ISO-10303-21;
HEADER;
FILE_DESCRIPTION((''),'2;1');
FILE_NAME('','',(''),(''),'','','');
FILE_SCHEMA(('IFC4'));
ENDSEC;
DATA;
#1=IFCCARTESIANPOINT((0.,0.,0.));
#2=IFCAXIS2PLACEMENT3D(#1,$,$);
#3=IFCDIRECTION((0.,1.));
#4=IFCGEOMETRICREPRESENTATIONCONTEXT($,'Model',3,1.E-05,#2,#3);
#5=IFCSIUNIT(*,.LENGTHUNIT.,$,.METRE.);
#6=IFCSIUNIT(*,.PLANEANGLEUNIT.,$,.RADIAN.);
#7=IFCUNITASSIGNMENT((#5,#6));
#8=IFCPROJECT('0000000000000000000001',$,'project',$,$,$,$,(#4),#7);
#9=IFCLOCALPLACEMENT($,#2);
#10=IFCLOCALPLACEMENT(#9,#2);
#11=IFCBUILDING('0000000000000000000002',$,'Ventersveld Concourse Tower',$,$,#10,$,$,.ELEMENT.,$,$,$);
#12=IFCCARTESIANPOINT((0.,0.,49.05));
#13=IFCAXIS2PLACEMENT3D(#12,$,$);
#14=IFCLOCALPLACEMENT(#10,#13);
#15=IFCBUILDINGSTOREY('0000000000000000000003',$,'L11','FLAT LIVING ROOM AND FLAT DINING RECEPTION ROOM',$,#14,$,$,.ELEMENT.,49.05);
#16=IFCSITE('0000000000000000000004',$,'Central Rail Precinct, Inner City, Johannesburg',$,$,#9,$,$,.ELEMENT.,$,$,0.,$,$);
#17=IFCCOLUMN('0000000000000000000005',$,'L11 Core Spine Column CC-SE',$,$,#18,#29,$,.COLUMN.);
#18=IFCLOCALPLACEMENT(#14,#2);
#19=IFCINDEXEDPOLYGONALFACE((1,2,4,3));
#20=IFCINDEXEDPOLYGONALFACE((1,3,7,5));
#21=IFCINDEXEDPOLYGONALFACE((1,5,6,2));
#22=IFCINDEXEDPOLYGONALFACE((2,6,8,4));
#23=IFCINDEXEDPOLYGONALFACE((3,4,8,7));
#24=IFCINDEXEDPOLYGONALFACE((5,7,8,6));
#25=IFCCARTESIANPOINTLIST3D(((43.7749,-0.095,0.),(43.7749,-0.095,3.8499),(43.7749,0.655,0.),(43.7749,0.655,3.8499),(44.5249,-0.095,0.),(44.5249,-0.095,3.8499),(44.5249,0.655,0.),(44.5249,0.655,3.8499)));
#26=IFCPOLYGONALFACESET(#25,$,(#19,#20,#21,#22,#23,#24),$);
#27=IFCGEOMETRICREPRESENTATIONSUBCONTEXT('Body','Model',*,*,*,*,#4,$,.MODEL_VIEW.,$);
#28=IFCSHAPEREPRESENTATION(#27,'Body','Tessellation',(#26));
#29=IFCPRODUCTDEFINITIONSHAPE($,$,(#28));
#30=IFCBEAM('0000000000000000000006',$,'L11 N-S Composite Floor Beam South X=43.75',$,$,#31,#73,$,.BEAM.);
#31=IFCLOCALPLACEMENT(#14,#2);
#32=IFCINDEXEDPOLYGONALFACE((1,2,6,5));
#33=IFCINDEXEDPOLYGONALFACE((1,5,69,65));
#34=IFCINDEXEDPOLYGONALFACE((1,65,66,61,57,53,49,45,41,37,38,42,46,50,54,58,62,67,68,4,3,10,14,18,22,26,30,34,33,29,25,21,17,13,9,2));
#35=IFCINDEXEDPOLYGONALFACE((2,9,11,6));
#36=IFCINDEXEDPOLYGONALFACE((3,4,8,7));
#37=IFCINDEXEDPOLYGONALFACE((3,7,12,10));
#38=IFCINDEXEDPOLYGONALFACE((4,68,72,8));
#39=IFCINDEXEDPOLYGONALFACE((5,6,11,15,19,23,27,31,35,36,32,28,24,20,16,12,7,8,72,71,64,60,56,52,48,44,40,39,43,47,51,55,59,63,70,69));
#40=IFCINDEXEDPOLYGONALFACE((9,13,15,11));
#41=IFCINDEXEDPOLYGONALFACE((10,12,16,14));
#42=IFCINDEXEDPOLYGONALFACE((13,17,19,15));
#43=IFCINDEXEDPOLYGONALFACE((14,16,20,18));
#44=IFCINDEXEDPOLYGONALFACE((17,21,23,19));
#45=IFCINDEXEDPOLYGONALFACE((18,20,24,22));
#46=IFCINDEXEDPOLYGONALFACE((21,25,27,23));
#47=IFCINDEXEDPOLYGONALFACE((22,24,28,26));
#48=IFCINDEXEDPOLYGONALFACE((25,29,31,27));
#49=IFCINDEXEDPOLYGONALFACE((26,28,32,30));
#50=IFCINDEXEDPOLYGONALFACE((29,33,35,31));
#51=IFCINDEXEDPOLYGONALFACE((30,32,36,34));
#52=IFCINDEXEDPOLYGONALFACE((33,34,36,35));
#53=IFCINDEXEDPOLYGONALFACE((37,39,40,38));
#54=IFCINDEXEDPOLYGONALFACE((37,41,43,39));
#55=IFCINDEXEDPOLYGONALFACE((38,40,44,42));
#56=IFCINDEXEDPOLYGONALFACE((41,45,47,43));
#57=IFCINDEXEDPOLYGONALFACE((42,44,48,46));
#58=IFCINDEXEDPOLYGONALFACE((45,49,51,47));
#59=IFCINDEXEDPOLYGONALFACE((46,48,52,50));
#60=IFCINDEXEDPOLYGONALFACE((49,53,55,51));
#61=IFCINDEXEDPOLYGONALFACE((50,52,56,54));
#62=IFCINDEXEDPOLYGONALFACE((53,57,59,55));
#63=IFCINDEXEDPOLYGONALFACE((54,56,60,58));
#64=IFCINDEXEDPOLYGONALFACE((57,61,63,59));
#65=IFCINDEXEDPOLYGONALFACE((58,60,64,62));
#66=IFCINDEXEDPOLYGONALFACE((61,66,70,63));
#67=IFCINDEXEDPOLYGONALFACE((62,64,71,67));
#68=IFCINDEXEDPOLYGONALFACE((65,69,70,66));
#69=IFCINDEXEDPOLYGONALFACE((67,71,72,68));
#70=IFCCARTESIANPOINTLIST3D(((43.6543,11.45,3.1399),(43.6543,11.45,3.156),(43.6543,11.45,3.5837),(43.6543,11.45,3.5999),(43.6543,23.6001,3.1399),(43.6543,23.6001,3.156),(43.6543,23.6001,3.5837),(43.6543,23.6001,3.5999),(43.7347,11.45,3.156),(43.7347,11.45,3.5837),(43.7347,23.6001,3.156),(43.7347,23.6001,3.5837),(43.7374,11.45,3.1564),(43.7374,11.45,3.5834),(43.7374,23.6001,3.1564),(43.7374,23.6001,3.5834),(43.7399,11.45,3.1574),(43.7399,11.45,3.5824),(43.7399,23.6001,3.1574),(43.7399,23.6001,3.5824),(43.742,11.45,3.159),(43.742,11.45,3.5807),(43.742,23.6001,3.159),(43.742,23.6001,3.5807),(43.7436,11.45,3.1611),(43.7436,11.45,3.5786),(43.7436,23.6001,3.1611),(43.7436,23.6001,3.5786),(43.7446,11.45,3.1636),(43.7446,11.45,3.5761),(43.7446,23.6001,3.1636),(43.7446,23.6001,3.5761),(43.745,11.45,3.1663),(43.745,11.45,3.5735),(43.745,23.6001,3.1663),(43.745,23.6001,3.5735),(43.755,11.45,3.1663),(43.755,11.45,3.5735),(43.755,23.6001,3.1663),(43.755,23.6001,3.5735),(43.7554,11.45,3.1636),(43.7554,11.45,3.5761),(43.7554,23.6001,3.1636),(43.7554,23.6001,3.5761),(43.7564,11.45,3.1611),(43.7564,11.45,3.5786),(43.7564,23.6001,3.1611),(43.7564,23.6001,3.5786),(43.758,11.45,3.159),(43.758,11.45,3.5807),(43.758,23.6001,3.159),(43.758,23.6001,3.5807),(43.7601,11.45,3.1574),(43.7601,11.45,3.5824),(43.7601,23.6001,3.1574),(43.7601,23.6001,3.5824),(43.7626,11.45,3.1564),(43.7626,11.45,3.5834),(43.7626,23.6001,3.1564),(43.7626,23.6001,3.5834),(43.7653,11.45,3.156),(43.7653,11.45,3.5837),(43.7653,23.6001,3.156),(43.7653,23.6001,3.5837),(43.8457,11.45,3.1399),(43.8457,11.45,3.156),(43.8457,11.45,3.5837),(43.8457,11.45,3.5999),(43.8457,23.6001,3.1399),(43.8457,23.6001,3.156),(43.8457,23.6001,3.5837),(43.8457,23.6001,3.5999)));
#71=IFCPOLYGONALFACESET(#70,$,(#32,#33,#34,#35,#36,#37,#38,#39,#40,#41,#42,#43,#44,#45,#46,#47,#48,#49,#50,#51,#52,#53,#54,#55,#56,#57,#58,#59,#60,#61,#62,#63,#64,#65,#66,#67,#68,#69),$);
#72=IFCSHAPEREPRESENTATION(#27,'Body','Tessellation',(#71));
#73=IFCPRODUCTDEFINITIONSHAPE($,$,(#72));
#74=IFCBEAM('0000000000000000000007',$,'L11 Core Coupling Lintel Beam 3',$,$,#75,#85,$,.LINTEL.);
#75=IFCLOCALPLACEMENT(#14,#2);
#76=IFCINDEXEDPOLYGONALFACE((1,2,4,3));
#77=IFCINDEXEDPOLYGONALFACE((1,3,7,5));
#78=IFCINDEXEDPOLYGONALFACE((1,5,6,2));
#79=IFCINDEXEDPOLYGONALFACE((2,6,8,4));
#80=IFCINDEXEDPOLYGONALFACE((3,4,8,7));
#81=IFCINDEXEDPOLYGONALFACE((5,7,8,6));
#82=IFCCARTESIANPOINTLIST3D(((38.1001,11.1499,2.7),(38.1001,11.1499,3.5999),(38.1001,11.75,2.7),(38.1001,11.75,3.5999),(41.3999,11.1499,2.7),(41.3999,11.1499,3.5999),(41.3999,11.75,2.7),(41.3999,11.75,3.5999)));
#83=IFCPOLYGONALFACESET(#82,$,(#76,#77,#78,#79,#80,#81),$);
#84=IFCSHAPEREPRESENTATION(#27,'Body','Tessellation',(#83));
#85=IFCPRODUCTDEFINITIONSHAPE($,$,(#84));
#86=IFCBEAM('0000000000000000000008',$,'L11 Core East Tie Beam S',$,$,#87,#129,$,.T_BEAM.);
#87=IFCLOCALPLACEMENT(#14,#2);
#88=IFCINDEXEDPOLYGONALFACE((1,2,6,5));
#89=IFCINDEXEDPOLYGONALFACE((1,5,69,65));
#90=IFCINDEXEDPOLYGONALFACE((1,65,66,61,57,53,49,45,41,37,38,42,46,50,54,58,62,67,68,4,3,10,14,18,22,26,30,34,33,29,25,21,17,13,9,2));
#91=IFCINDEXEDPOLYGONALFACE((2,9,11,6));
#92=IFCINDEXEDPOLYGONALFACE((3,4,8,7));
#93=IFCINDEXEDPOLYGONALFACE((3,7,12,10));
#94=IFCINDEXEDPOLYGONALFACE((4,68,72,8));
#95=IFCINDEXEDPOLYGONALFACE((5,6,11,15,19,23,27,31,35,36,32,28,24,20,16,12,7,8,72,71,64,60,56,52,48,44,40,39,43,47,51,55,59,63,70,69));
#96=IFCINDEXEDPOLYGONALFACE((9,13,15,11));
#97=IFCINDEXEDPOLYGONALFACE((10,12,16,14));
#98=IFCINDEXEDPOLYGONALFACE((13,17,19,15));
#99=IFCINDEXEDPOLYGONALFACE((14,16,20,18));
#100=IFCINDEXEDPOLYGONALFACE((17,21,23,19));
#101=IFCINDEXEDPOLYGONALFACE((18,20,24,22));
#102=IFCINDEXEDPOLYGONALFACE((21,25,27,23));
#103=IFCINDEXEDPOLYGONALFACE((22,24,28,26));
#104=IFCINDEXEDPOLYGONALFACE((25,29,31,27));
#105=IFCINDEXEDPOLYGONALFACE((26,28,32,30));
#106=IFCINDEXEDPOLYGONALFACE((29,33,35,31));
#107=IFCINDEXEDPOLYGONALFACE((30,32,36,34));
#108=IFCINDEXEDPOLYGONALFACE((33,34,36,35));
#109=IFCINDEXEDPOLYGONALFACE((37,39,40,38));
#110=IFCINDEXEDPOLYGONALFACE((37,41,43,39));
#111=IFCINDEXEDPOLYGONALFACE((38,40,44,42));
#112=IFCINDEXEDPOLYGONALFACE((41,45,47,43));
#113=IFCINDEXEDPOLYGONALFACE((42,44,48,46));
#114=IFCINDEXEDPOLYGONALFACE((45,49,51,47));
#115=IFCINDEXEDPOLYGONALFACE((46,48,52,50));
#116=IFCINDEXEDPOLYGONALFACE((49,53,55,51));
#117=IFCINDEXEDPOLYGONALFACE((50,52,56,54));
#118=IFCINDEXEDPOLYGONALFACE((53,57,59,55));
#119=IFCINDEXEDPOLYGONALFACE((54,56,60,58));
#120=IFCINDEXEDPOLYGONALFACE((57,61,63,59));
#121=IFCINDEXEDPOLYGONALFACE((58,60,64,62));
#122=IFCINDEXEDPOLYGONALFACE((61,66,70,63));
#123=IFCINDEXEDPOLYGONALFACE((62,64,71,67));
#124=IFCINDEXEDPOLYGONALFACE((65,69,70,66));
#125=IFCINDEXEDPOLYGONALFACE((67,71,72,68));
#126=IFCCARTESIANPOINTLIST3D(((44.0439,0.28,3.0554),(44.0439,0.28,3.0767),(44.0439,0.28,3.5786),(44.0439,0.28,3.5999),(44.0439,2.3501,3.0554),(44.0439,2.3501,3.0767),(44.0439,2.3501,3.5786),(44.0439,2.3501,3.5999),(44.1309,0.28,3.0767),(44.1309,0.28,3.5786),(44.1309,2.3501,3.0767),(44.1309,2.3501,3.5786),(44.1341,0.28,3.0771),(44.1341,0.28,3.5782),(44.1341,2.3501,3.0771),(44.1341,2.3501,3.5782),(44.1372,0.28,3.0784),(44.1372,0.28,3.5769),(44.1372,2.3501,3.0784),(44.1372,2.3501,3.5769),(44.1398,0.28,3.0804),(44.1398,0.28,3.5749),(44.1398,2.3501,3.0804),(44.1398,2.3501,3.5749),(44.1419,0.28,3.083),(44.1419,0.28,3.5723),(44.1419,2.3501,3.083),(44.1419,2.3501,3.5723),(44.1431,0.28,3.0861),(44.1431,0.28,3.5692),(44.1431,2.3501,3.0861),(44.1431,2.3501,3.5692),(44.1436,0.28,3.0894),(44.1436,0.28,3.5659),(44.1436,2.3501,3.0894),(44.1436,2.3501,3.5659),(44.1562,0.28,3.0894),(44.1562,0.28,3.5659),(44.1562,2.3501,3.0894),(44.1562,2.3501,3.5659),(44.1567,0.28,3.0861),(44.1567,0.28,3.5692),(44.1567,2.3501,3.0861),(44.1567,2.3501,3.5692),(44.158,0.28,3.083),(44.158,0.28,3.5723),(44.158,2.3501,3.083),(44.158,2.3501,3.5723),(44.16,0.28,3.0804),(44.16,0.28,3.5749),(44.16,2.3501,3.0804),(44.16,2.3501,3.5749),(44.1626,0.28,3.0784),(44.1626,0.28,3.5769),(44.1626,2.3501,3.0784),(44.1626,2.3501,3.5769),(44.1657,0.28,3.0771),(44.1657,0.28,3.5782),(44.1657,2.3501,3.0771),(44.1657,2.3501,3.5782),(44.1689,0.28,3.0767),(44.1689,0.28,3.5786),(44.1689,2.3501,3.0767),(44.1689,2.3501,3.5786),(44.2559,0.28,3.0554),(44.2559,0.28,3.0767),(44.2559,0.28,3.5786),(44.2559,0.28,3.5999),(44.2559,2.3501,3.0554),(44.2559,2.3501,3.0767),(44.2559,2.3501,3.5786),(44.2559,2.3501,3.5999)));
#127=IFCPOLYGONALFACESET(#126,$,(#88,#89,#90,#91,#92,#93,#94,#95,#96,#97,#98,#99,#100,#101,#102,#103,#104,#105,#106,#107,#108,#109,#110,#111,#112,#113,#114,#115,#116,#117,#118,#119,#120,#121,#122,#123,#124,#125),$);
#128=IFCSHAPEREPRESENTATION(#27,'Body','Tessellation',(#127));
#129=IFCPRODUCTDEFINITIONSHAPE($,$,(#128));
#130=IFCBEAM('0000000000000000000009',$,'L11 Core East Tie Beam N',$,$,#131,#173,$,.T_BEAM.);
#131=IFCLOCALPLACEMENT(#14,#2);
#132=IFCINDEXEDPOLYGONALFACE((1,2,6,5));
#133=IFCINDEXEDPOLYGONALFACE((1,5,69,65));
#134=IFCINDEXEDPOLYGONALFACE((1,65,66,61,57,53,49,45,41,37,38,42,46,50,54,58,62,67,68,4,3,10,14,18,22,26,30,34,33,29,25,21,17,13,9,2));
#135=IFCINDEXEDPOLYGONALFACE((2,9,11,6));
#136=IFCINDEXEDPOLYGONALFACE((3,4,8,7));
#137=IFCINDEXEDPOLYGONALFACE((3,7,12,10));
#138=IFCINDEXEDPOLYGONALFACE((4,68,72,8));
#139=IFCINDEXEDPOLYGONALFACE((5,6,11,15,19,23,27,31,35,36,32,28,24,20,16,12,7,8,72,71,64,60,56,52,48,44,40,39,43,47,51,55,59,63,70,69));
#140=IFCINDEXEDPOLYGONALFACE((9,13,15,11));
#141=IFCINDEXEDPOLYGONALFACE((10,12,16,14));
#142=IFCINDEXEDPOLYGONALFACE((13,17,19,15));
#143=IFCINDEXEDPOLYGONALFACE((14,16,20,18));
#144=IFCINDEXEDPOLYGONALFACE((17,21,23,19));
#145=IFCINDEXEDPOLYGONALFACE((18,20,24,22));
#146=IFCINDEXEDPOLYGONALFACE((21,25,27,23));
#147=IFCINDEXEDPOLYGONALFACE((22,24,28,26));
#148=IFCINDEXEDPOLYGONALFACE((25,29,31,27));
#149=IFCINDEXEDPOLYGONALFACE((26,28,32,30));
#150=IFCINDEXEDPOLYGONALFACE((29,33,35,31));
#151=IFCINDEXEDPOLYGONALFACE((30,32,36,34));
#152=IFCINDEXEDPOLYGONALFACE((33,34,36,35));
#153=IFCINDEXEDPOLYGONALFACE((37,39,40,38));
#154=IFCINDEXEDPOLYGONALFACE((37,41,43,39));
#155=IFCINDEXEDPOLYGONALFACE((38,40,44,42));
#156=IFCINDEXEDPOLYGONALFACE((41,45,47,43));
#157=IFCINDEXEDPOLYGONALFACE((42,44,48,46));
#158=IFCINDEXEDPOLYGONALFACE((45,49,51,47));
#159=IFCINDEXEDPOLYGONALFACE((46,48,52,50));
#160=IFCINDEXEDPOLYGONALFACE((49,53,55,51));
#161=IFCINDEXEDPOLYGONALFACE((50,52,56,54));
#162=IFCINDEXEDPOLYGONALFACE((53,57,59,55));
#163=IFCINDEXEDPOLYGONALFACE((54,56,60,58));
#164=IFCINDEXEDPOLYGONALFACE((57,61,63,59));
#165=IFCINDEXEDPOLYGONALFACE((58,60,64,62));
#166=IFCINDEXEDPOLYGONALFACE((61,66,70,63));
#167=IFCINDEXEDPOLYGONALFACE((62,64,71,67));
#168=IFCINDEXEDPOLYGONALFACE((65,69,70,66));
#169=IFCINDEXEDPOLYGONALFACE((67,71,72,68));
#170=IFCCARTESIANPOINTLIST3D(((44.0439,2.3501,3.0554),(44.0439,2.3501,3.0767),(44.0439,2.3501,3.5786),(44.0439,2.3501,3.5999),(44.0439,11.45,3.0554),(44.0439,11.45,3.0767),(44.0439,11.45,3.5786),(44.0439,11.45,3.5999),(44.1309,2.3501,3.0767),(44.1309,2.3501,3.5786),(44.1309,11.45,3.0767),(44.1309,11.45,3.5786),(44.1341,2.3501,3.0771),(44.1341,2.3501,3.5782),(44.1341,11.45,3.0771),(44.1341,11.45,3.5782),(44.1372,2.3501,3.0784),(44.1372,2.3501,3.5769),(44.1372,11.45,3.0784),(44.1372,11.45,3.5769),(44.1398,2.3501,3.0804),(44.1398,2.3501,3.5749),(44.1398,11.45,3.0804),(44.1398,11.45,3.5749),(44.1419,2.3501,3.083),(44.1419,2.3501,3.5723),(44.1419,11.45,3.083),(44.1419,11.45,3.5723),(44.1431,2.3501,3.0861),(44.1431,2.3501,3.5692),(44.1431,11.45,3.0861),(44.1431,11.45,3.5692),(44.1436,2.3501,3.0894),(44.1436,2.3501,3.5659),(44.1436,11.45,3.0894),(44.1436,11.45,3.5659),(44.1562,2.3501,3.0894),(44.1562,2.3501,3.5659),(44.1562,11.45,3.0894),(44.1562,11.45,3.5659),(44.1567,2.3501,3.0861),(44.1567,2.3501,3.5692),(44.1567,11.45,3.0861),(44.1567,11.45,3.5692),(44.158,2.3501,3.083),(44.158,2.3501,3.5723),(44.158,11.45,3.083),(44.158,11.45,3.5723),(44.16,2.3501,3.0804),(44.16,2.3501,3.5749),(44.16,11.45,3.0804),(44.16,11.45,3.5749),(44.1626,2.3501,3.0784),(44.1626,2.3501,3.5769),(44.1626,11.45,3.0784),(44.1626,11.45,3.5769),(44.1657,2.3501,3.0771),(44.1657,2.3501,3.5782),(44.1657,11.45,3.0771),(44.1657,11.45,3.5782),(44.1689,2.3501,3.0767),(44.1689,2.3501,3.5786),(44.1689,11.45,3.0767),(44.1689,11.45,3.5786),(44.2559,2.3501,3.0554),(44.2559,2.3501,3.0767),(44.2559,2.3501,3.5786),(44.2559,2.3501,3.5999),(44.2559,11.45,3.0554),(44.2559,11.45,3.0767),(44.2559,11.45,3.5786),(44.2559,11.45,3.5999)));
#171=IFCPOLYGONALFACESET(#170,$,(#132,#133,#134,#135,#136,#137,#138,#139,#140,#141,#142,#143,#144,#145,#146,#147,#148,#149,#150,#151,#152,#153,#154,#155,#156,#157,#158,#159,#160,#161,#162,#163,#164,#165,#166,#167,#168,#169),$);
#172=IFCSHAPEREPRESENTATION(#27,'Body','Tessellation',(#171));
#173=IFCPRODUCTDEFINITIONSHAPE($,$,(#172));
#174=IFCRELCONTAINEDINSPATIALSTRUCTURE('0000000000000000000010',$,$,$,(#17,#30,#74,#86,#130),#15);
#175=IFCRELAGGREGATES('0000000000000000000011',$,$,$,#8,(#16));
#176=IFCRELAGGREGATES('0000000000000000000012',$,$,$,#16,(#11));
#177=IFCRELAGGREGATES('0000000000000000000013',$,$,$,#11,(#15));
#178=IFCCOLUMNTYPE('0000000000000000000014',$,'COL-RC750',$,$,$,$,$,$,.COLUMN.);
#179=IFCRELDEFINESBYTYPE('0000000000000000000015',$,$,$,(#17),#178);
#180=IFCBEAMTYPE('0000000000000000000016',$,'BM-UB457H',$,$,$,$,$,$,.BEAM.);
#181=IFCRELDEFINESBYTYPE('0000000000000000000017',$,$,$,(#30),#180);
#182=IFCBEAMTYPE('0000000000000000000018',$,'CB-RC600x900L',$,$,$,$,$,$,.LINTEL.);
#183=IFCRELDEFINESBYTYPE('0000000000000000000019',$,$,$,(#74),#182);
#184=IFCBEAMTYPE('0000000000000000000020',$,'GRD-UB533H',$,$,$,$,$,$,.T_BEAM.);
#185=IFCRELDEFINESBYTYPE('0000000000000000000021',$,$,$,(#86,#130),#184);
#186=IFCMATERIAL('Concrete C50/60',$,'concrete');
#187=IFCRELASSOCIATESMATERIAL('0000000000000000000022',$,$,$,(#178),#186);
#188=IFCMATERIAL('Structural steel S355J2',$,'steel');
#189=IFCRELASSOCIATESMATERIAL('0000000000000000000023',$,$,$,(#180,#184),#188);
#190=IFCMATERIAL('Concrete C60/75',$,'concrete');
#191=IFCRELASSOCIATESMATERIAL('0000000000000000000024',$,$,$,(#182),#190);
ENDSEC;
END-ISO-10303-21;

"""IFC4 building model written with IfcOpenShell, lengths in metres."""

from ifc_helpers import new_model, si_unit, direction, frame, origin, origin_2d, place, context, subcontext, project, spatial, rectangle, i_section, extrude, material, material_profile, profile_set, type_object, element, save


model = new_model("IFC4")

# Units and contexts
model_context = context("Model", 3, precision=1e-05, world=origin(), true_north=direction((0.0, 1.0)))
body_context = subcontext(model_context, "Body", "Model", "MODEL_VIEW")
ifc_project = project(units=[si_unit("LENGTHUNIT", "METRE"), si_unit("PLANEANGLEUNIT", "RADIAN")], contexts=[model_context])

# Site, building, storey
site_placement = place(None, origin())
site = spatial("IfcSite", under=ifc_project, at=site_placement, Name="Central Rail Precinct, Inner City, Johannesburg", CompositionType="ELEMENT", RefElevation=0.0)
building_placement = place(site_placement, origin())
building = spatial("IfcBuilding", under=site, at=building_placement, Name="Ventersveld Concourse Tower", CompositionType="ELEMENT")
storey_placement = place(building_placement, frame((0.0, 0.0, 49.05)))
storey = spatial("IfcBuildingStorey", under=building, at=storey_placement, Name="L11", Description="FLAT LIVING ROOM AND FLAT DINING RECEPTION ROOM", CompositionType="ELEMENT", Elevation=49.05)

# Column
ifc_material_1 = material(Name="Concrete C50/60", Category="concrete")
ifc_material_profile_1 = material_profile(ifc_material_1, rectangle(XDim=0.75, YDim=0.75, at=origin_2d()), Name="RC 750x750")
ifc_profile_set_1 = profile_set([ifc_material_profile_1], Name="Concrete C50/60")
column_type = type_object("IfcColumnType", Name="COL-RC750", PredefinedType="COLUMN", material=ifc_profile_set_1)
column_placement = place(storey_placement, frame((44.1499, 0.28, 0.0), z_axis=(0.0, 0.0, 1.0), x_axis=(1.0, 0.0, 0.0)))
element("IfcColumn", 1, at=column_placement, inside=storey, type_object=column_type, Name="L11 Core Spine Column CC-SE", PredefinedType="COLUMN", context=body_context, shape_type="SweptSolid", body=[
    extrude(rectangle(XDim=0.75, YDim=0.75, at=origin_2d()), origin(), (0.0, 0.0, 1.0), 3.8499),
])

# Beams
ifc_material_2 = material(Name="Structural steel S355J2", Category="steel")
ifc_material_profile_2 = material_profile(ifc_material_2, i_section(OverallWidth=0.1914, OverallDepth=0.46, WebThickness=0.01, FlangeThickness=0.0161, FilletRadius=0.0103, at=origin_2d()), Name="UB 457x191x82")
ifc_profile_set_2 = profile_set([ifc_material_profile_2], Name="Structural steel S355J2")
beam_type_1 = type_object("IfcBeamType", Name="BM-UB457H", PredefinedType="BEAM", material=ifc_profile_set_2)
beam_1_placement = place(storey_placement, frame((43.75, 11.45, 3.3699), z_axis=(0.0, 1.0, 0.0), x_axis=(-1.0, 0.0, 0.0)))
element("IfcBeam", 2, at=beam_1_placement, inside=storey, type_object=beam_type_1, Name="L11 N-S Composite Floor Beam South X=43.75", PredefinedType="BEAM", context=body_context, shape_type="SweptSolid", body=[
    extrude(i_section(OverallWidth=0.1914, OverallDepth=0.46, WebThickness=0.01, FlangeThickness=0.0161, FilletRadius=0.0103, at=origin_2d()), origin(), (0.0, 0.0, 1.0), 12.1501),
])
ifc_material_3 = material(Name="Concrete C60/75", Category="concrete")
ifc_material_profile_3 = material_profile(ifc_material_3, rectangle(XDim=0.6001, YDim=0.8999, at=origin_2d()), Name="RC 600x900")
ifc_profile_set_3 = profile_set([ifc_material_profile_3], Name="Concrete C60/75")
beam_type_2 = type_object("IfcBeamType", Name="CB-RC600x900L", PredefinedType="LINTEL", material=ifc_profile_set_3)
beam_2_placement = place(storey_placement, frame((38.1001, 11.45, 3.1499), z_axis=(1.0, 0.0, 0.0), x_axis=(0.0, 1.0, 0.0)))
element("IfcBeam", 3, at=beam_2_placement, inside=storey, type_object=beam_type_2, Name="L11 Core Coupling Lintel Beam 3", PredefinedType="LINTEL", context=body_context, shape_type="SweptSolid", body=[
    extrude(rectangle(XDim=0.6001, YDim=0.8999, at=origin_2d()), origin(), (0.0, 0.0, 1.0), 3.2998),
])
ifc_material_profile_4 = material_profile(ifc_material_2, i_section(OverallWidth=0.2119, OverallDepth=0.5444, WebThickness=0.0127, FlangeThickness=0.0212, FilletRadius=0.0127, at=origin_2d()), Name="UB 533x210x122")
ifc_profile_set_4 = profile_set([ifc_material_profile_4], Name="Structural steel S355J2")
beam_type_3 = type_object("IfcBeamType", Name="GRD-UB533H", PredefinedType="T_BEAM", material=ifc_profile_set_4)
beam_3_placement = place(storey_placement, frame((44.1499, 0.28, 3.3276), z_axis=(0.0, 1.0, 0.0), x_axis=(-1.0, 0.0, 0.0)))
element("IfcBeam", 4, at=beam_3_placement, inside=storey, type_object=beam_type_3, Name="L11 Core East Tie Beam S", PredefinedType="T_BEAM", context=body_context, shape_type="SweptSolid", body=[
    extrude(i_section(OverallWidth=0.2119, OverallDepth=0.5444, WebThickness=0.0127, FlangeThickness=0.0212, FilletRadius=0.0127, at=origin_2d()), origin(), (0.0, 0.0, 1.0), 2.0701),
])
beam_4_placement = place(storey_placement, frame((44.1499, 2.3501, 3.3276), z_axis=(0.0, 1.0, 0.0), x_axis=(-1.0, 0.0, 0.0)))
element("IfcBeam", 5, at=beam_4_placement, inside=storey, type_object=beam_type_3, Name="L11 Core East Tie Beam N", PredefinedType="T_BEAM", context=body_context, shape_type="SweptSolid", body=[
    extrude(i_section(OverallWidth=0.2119, OverallDepth=0.5444, WebThickness=0.0127, FlangeThickness=0.0212, FilletRadius=0.0127, at=origin_2d()), origin(), (0.0, 0.0, 1.0), 9.0999),
])

save(model, "model.ifc")
